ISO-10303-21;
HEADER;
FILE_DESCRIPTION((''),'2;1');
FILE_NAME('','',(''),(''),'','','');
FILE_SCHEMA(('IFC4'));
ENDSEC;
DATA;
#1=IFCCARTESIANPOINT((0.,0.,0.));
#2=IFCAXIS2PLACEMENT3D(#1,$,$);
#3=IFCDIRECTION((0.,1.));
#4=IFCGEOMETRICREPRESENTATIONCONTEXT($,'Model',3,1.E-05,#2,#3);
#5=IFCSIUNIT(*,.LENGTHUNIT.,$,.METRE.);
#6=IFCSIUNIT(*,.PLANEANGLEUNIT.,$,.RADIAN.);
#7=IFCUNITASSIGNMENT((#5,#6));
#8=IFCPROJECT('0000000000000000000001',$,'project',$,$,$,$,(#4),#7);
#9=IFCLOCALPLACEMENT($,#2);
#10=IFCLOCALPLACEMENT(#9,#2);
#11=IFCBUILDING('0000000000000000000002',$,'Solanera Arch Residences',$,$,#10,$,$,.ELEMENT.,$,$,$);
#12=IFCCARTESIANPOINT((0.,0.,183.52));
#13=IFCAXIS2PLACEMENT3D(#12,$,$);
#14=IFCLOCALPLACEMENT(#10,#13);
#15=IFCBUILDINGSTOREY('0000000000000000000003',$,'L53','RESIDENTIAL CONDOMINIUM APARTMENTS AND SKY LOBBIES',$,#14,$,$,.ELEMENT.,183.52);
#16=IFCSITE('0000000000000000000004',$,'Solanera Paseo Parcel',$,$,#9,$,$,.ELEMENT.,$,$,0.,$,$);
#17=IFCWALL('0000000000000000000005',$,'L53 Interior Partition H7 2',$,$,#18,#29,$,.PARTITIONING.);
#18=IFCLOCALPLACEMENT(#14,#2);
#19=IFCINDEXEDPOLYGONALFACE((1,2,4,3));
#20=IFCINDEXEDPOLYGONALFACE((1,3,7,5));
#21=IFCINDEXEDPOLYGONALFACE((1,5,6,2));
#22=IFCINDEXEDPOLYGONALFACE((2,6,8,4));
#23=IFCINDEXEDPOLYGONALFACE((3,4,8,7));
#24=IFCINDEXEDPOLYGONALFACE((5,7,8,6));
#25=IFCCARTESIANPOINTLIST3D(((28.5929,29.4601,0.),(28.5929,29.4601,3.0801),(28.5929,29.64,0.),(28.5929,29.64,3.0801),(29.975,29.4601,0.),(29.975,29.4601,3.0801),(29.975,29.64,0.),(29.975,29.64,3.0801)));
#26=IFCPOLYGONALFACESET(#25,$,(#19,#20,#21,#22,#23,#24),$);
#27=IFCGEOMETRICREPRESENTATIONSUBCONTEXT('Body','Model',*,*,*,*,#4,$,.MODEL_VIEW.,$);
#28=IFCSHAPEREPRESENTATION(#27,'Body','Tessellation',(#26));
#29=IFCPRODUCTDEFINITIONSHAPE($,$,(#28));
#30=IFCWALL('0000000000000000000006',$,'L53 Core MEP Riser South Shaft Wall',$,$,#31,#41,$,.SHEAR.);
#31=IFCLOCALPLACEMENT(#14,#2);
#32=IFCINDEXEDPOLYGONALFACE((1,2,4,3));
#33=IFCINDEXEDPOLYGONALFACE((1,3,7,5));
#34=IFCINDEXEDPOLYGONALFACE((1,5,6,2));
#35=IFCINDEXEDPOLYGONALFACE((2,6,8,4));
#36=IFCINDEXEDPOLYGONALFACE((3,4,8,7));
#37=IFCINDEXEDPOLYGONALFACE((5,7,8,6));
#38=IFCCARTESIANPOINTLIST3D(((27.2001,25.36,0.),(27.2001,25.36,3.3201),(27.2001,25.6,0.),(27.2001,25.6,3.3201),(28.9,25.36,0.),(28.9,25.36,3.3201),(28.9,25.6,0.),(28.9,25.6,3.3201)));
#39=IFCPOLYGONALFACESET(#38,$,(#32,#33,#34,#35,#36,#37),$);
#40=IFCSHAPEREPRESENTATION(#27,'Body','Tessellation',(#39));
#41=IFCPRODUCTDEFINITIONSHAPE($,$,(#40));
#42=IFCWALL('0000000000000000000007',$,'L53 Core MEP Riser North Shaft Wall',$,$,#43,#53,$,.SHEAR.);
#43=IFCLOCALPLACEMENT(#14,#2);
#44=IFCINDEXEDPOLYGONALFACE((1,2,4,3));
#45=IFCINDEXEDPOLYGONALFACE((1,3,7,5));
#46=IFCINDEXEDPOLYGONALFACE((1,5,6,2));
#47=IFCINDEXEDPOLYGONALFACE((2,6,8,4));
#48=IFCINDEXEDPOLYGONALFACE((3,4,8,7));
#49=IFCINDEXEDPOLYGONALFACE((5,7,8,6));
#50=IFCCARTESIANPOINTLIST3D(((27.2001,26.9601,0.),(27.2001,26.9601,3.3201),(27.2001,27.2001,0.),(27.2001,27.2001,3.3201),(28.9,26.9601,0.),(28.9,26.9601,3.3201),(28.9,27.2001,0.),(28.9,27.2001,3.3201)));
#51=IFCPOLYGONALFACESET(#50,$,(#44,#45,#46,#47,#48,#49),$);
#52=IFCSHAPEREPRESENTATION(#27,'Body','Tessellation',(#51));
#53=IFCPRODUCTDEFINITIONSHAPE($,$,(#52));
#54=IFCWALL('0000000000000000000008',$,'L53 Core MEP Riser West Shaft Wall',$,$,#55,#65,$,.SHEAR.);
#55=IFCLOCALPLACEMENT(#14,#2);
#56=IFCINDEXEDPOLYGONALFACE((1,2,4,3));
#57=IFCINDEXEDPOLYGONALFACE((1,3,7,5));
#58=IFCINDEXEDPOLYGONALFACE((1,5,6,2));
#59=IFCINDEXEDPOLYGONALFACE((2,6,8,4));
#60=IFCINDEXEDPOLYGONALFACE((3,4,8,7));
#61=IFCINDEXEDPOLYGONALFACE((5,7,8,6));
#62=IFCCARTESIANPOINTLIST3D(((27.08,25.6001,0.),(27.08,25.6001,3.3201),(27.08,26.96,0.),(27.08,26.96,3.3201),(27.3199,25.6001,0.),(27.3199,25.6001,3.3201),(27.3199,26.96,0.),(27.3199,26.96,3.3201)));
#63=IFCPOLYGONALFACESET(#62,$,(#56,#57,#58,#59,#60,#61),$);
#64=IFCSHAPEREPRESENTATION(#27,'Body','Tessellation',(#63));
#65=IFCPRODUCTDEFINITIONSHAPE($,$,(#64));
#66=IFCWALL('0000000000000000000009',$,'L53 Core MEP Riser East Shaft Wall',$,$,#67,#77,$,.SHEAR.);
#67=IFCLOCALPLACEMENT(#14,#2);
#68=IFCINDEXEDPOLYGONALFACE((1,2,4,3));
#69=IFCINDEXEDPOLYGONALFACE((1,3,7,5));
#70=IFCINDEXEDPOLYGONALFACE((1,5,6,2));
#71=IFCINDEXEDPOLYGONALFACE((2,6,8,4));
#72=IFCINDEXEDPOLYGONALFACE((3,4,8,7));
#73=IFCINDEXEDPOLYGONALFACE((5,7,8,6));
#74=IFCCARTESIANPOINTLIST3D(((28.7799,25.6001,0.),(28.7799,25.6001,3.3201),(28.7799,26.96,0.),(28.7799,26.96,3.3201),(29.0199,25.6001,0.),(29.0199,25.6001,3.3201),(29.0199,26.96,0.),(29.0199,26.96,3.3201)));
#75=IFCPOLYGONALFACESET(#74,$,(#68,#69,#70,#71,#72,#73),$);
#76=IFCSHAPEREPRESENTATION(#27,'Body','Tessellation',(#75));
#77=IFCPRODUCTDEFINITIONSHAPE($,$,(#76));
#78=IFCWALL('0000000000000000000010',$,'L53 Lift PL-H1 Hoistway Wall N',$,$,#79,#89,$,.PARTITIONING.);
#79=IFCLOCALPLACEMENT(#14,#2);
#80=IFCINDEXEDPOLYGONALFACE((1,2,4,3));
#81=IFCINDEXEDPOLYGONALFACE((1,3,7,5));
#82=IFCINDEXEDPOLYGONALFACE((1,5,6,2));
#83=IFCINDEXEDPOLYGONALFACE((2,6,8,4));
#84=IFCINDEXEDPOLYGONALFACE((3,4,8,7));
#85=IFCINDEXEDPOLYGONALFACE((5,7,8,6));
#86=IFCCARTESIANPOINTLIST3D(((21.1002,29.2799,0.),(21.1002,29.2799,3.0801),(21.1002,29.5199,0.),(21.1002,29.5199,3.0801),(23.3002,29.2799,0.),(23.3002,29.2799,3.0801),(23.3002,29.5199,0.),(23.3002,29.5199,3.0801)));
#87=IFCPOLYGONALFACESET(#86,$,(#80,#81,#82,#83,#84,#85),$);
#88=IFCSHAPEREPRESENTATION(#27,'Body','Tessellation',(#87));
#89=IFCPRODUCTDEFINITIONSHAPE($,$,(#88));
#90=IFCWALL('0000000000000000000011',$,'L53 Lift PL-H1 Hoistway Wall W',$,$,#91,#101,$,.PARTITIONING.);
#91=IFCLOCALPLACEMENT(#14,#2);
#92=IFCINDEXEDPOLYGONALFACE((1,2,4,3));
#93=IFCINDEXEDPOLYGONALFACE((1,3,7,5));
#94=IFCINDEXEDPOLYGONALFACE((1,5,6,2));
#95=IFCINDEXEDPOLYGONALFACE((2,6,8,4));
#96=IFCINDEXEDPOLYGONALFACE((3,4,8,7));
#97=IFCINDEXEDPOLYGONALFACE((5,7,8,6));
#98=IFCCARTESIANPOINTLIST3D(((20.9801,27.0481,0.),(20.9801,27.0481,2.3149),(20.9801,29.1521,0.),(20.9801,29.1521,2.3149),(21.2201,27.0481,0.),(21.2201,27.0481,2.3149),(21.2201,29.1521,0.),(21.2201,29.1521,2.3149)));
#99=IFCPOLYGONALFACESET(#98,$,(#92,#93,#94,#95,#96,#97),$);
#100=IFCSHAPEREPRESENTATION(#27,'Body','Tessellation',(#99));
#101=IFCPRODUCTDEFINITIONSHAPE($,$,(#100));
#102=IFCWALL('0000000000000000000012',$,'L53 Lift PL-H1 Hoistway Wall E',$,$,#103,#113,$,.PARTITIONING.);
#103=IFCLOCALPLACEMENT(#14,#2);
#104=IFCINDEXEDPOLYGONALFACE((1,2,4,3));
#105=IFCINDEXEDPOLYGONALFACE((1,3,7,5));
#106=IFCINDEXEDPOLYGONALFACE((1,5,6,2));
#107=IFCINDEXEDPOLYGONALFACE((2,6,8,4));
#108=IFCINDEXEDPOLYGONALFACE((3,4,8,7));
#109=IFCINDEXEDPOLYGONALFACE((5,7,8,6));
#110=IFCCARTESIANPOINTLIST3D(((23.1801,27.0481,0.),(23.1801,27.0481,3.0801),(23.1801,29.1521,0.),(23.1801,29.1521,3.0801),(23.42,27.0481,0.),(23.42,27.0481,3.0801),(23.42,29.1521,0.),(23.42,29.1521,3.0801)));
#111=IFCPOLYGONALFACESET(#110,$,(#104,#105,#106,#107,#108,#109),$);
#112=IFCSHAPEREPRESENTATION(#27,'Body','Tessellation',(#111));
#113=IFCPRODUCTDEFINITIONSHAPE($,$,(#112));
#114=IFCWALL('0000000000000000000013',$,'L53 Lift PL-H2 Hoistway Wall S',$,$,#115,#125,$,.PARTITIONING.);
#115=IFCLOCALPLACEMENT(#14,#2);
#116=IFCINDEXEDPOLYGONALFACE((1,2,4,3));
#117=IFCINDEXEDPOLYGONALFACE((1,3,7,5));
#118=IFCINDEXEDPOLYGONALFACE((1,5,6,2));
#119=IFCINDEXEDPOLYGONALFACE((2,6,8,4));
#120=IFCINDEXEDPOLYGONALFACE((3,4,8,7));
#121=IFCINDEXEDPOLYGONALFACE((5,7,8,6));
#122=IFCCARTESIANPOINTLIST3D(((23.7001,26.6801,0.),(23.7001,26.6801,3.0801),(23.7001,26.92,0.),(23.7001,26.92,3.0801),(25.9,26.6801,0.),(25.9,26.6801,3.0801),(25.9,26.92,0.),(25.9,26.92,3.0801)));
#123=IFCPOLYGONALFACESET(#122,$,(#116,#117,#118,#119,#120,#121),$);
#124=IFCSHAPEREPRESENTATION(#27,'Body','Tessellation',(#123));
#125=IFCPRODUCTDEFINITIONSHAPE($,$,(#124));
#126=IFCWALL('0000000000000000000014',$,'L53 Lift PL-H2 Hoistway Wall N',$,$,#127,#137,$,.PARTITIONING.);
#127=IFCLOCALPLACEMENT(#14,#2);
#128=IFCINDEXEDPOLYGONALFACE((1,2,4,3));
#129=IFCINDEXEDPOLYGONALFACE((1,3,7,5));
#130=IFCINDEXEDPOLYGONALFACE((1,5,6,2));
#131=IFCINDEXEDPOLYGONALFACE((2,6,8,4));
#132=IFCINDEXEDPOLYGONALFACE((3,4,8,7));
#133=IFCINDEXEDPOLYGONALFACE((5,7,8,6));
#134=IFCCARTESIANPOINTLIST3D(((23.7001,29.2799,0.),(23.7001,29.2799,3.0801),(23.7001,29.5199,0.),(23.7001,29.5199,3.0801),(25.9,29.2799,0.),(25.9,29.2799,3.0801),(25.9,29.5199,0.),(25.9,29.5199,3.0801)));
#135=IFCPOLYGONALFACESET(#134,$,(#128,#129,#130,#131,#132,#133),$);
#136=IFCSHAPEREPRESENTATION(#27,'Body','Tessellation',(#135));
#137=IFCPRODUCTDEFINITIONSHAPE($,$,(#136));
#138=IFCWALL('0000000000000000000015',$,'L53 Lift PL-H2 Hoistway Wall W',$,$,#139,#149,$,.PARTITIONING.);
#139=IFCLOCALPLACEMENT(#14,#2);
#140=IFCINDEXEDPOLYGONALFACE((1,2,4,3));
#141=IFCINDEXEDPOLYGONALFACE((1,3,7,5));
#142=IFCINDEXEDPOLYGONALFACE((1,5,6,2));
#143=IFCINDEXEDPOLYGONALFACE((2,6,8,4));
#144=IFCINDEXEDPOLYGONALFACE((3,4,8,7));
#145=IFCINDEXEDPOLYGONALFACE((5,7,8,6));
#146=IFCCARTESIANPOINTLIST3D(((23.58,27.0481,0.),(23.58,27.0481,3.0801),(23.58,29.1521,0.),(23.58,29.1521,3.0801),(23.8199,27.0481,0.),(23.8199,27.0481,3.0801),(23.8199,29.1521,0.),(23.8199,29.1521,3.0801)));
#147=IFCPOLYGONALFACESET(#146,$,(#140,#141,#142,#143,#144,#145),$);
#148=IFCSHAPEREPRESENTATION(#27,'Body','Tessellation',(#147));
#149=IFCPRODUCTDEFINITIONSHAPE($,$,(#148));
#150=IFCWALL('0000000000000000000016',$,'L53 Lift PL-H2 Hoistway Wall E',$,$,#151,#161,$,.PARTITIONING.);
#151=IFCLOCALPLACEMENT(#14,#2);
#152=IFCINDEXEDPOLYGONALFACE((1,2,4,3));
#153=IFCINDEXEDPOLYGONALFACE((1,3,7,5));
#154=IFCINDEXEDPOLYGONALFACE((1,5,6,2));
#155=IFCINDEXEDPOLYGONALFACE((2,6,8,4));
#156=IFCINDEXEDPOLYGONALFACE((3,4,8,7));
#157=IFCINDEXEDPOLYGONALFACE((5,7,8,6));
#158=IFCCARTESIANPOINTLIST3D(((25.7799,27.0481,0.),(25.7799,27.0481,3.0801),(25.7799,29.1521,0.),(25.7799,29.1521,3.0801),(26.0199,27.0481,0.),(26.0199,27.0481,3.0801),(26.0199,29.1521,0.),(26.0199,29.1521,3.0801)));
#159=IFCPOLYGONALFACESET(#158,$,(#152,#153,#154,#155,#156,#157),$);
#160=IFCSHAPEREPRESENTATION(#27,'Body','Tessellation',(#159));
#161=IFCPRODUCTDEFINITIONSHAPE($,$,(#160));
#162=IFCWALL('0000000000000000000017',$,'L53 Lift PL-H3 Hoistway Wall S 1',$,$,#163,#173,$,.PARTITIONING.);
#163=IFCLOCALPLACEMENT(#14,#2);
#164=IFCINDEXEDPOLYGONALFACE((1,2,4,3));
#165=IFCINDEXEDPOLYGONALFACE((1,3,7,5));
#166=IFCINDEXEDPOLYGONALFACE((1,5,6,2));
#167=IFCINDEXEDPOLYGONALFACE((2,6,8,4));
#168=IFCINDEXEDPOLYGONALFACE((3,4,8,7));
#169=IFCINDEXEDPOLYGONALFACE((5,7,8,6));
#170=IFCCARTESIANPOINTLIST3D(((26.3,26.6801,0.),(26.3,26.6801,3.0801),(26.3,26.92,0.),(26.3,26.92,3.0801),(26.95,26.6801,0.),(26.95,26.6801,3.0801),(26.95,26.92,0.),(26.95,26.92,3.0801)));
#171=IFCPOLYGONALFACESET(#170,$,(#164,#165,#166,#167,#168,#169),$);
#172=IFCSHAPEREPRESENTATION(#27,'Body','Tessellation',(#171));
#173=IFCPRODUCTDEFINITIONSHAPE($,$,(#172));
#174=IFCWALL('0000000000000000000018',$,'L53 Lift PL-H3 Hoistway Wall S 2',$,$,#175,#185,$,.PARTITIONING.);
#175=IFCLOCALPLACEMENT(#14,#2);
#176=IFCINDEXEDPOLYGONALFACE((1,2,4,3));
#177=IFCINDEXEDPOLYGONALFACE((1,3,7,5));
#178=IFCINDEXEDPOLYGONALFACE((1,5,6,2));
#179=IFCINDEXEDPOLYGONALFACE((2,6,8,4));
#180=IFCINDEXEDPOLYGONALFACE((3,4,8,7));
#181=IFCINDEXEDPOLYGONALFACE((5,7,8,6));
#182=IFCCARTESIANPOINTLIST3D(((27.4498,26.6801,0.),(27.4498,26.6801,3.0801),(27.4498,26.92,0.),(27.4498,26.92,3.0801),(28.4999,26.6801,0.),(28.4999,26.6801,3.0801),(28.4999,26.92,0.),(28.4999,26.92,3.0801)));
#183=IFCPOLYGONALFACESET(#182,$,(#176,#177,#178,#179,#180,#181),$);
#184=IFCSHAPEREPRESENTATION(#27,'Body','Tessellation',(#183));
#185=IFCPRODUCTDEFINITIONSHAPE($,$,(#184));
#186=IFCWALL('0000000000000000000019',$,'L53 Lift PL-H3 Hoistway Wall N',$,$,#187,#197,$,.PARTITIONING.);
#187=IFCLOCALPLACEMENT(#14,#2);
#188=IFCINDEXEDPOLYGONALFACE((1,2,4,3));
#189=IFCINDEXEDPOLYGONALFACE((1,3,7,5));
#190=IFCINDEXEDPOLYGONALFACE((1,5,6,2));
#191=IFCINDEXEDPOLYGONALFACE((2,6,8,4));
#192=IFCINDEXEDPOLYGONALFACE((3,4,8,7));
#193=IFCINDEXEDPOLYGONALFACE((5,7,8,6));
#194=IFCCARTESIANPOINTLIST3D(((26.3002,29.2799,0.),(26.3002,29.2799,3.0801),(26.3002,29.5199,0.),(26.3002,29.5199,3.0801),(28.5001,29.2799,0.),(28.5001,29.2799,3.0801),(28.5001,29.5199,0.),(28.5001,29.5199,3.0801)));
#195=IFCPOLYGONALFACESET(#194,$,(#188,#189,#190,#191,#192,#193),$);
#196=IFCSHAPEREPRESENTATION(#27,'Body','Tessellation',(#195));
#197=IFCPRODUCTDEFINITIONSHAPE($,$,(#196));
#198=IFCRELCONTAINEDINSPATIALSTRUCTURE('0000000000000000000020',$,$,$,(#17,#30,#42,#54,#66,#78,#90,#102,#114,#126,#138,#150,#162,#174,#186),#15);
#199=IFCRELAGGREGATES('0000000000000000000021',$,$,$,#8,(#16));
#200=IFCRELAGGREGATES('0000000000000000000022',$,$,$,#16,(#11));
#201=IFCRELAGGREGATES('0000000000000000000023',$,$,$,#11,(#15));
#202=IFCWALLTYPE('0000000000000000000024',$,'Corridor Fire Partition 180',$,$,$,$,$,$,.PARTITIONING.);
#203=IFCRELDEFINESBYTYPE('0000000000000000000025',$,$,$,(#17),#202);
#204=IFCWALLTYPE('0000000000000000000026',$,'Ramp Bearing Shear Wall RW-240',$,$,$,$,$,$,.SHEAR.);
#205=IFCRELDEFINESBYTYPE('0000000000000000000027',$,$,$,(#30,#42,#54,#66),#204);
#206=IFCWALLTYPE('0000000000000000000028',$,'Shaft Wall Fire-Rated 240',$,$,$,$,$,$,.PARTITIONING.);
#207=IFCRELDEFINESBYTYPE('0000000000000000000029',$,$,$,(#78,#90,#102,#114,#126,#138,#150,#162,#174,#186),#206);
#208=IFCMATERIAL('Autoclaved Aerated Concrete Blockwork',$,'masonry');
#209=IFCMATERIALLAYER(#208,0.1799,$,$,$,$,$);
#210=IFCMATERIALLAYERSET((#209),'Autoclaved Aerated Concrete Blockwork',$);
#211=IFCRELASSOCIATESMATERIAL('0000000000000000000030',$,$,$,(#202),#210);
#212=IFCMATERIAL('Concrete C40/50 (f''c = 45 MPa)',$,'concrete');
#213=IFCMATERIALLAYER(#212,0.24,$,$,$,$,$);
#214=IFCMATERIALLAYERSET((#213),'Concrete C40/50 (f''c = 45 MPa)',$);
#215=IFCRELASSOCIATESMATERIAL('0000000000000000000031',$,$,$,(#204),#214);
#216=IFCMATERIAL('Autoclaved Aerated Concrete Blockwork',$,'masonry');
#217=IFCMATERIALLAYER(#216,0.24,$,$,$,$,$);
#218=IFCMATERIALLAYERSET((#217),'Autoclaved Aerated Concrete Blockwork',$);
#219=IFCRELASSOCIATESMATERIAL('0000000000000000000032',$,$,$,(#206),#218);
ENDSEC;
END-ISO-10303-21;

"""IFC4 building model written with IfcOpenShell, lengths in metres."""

from ifc_helpers import new_model, si_unit, direction, frame, frame_2d, origin, place, context, subcontext, project, spatial, rectangle, extrude, material, layer, layer_set, type_object, element, save


model = new_model("IFC4")

# Units and contexts
model_context = context("Model", 3, precision=1e-05, world=origin(), true_north=direction((0.0, 1.0)))
body_context = subcontext(model_context, "Body", "Model", "MODEL_VIEW")
ifc_project = project(units=[si_unit("LENGTHUNIT", "METRE"), si_unit("PLANEANGLEUNIT", "RADIAN")], contexts=[model_context])

# Site, building, storey
site_placement = place(None, origin())
site = spatial("IfcSite", under=ifc_project, at=site_placement, Name="Solanera Paseo Parcel", CompositionType="ELEMENT", RefElevation=0.0)
building_placement = place(site_placement, origin())
building = spatial("IfcBuilding", under=site, at=building_placement, Name="Solanera Arch Residences", CompositionType="ELEMENT")
storey_placement = place(building_placement, frame((0.0, 0.0, 183.52)))
storey = spatial("IfcBuildingStorey", under=building, at=storey_placement, Name="L53", Description="RESIDENTIAL CONDOMINIUM APARTMENTS AND SKY LOBBIES", CompositionType="ELEMENT", Elevation=183.52)

# Walls
ifc_material_1 = material(Name="Autoclaved Aerated Concrete Blockwork", Category="masonry")
ifc_layer_1 = layer(ifc_material_1, 0.1799)
ifc_layer_set_1 = layer_set([ifc_layer_1], Name="Autoclaved Aerated Concrete Blockwork")
wall_type_1 = type_object("IfcWallType", Name="Corridor Fire Partition 180", PredefinedType="PARTITIONING", material=ifc_layer_set_1)
wall_1_placement = place(storey_placement, frame((28.593, 29.55, 0.0), z_axis=(0.0, 0.0, 1.0), x_axis=(1.0, 0.0, 0.0)))
element("IfcWall", 1, at=wall_1_placement, inside=storey, type_object=wall_type_1, Name="L53 Interior Partition H7 2", PredefinedType="PARTITIONING", context=body_context, shape_type="SweptSolid", body=[
    extrude(rectangle(XDim=1.3821, YDim=0.1799, at=frame_2d((0.6909, 0.0))), origin(), (0.0, 0.0, 1.0), 3.0801),
])
ifc_material_2 = material(Name="Concrete C40/50 (f'c = 45 MPa)", Category="concrete")
ifc_layer_2 = layer(ifc_material_2, 0.24)
ifc_layer_set_2 = layer_set([ifc_layer_2], Name="Concrete C40/50 (f'c = 45 MPa)")
wall_type_2 = type_object("IfcWallType", Name="Ramp Bearing Shear Wall RW-240", PredefinedType="SHEAR", material=ifc_layer_set_2)
for number, where, z_axis, x_axis, name in (
    (2, (27.2, 25.48, 0.0), (0.0, 0.0, 1.0), (1.0, 0.0, 0.0), "L53 Core MEP Riser South Shaft Wall"),
    (3, (27.2, 27.0801, 0.0), (0.0, 0.0, 1.0), (1.0, 0.0, 0.0), "L53 Core MEP Riser North Shaft Wall"),
):
    element("IfcWall", number, at=place(storey_placement, frame(where, z_axis=z_axis, x_axis=x_axis)), inside=storey, type_object=wall_type_2, Name=name, PredefinedType="SHEAR", context=body_context, shape_type="SweptSolid", body=[
        extrude(rectangle(XDim=1.7, YDim=0.24, at=frame_2d((0.8501, 0.0))), origin(), (0.0, 0.0, 1.0), 3.3201),
    ])
for number, where, z_axis, x_axis, name in (
    (4, (27.2, 25.6001, 0.0), (0.0, 0.0, 1.0), (0.0, 1.0, 0.0), "L53 Core MEP Riser West Shaft Wall"),
    (5, (28.8999, 25.6001, 0.0), (0.0, 0.0, 1.0), (0.0, 1.0, 0.0), "L53 Core MEP Riser East Shaft Wall"),
):
    element("IfcWall", number, at=place(storey_placement, frame(where, z_axis=z_axis, x_axis=x_axis)), inside=storey, type_object=wall_type_2, Name=name, PredefinedType="SHEAR", context=body_context, shape_type="SweptSolid", body=[
        extrude(rectangle(XDim=1.3599, YDim=0.24, at=frame_2d((0.6799, 0.0))), origin(), (0.0, 0.0, 1.0), 3.3201),
    ])
ifc_material_3 = material(Name="Autoclaved Aerated Concrete Blockwork", Category="masonry")
ifc_layer_3 = layer(ifc_material_3, 0.24)
ifc_layer_set_3 = layer_set([ifc_layer_3], Name="Autoclaved Aerated Concrete Blockwork")
wall_type_3 = type_object("IfcWallType", Name="Shaft Wall Fire-Rated 240", PredefinedType="PARTITIONING", material=ifc_layer_set_3)
wall_2_placement = place(storey_placement, frame((21.1001, 29.3999, 0.0), z_axis=(0.0, 0.0, 1.0), x_axis=(1.0, 0.0, 0.0)))
element("IfcWall", 6, at=wall_2_placement, inside=storey, type_object=wall_type_3, Name="L53 Lift PL-H1 Hoistway Wall N", PredefinedType="PARTITIONING", context=body_context, shape_type="SweptSolid", body=[
    extrude(rectangle(XDim=2.2, YDim=0.24, at=frame_2d((1.1001, 0.0))), origin(), (0.0, 0.0, 1.0), 3.0801),
])
wall_3_placement = place(storey_placement, frame((21.1001, 27.0481, 0.0), z_axis=(0.0, 0.0, 1.0), x_axis=(0.0, 1.0, 0.0)))
element("IfcWall", 7, at=wall_3_placement, inside=storey, type_object=wall_type_3, Name="L53 Lift PL-H1 Hoistway Wall W", PredefinedType="PARTITIONING", context=body_context, shape_type="SweptSolid", body=[
    extrude(rectangle(XDim=2.104, YDim=0.24, at=frame_2d((1.052, 0.0))), origin(), (0.0, 0.0, 1.0), 2.3149),
])
wall_4_placement = place(storey_placement, frame((23.3, 27.0481, 0.0), z_axis=(0.0, 0.0, 1.0), x_axis=(0.0, 1.0, 0.0)))
element("IfcWall", 8, at=wall_4_placement, inside=storey, type_object=wall_type_3, Name="L53 Lift PL-H1 Hoistway Wall E", PredefinedType="PARTITIONING", context=body_context, shape_type="SweptSolid", body=[
    extrude(rectangle(XDim=2.104, YDim=0.24, at=frame_2d((1.052, 0.0))), origin(), (0.0, 0.0, 1.0), 3.0801),
])
for number, where, z_axis, x_axis, name in (
    (9, (23.7, 26.8, 0.0), (0.0, 0.0, 1.0), (1.0, 0.0, 0.0), "L53 Lift PL-H2 Hoistway Wall S"),
    (10, (23.7, 29.3999, 0.0), (0.0, 0.0, 1.0), (1.0, 0.0, 0.0), "L53 Lift PL-H2 Hoistway Wall N"),
):
    element("IfcWall", number, at=place(storey_placement, frame(where, z_axis=z_axis, x_axis=x_axis)), inside=storey, type_object=wall_type_3, Name=name, PredefinedType="PARTITIONING", context=body_context, shape_type="SweptSolid", body=[
        extrude(rectangle(XDim=2.2, YDim=0.24, at=frame_2d((1.1001, 0.0))), origin(), (0.0, 0.0, 1.0), 3.0801),
    ])
for number, where, z_axis, x_axis, name in (
    (11, (23.7, 27.0481, 0.0), (0.0, 0.0, 1.0), (0.0, 1.0, 0.0), "L53 Lift PL-H2 Hoistway Wall W"),
    (12, (25.8999, 27.0481, 0.0), (0.0, 0.0, 1.0), (0.0, 1.0, 0.0), "L53 Lift PL-H2 Hoistway Wall E"),
):
    element("IfcWall", number, at=place(storey_placement, frame(where, z_axis=z_axis, x_axis=x_axis)), inside=storey, type_object=wall_type_3, Name=name, PredefinedType="PARTITIONING", context=body_context, shape_type="SweptSolid", body=[
        extrude(rectangle(XDim=2.104, YDim=0.24, at=frame_2d((1.052, 0.0))), origin(), (0.0, 0.0, 1.0), 3.0801),
    ])
wall_5_placement = place(storey_placement, frame((26.3, 26.8, 0.0), z_axis=(0.0, 0.0, 1.0), x_axis=(1.0, 0.0, 0.0)))
element("IfcWall", 13, at=wall_5_placement, inside=storey, type_object=wall_type_3, Name="L53 Lift PL-H3 Hoistway Wall S 1", PredefinedType="PARTITIONING", context=body_context, shape_type="SweptSolid", body=[
    extrude(rectangle(XDim=0.6499, YDim=0.24, at=frame_2d((0.325, 0.0))), origin(), (0.0, 0.0, 1.0), 3.0801),
])
wall_6_placement = place(storey_placement, frame((27.45, 26.8, 0.0), z_axis=(0.0, 0.0, 1.0), x_axis=(1.0, 0.0, 0.0)))
element("IfcWall", 14, at=wall_6_placement, inside=storey, type_object=wall_type_3, Name="L53 Lift PL-H3 Hoistway Wall S 2", PredefinedType="PARTITIONING", context=body_context, shape_type="SweptSolid", body=[
    extrude(rectangle(XDim=1.05, YDim=0.24, at=frame_2d((0.5249, 0.0))), origin(), (0.0, 0.0, 1.0), 3.0801),
])
wall_7_placement = place(storey_placement, frame((26.3, 29.3999, 0.0), z_axis=(0.0, 0.0, 1.0), x_axis=(1.0, 0.0, 0.0)))
element("IfcWall", 15, at=wall_7_placement, inside=storey, type_object=wall_type_3, Name="L53 Lift PL-H3 Hoistway Wall N", PredefinedType="PARTITIONING", context=body_context, shape_type="SweptSolid", body=[
    extrude(rectangle(XDim=2.2, YDim=0.24, at=frame_2d((1.1001, 0.0))), origin(), (0.0, 0.0, 1.0), 3.0801),
])

save(model, "model.ifc")
